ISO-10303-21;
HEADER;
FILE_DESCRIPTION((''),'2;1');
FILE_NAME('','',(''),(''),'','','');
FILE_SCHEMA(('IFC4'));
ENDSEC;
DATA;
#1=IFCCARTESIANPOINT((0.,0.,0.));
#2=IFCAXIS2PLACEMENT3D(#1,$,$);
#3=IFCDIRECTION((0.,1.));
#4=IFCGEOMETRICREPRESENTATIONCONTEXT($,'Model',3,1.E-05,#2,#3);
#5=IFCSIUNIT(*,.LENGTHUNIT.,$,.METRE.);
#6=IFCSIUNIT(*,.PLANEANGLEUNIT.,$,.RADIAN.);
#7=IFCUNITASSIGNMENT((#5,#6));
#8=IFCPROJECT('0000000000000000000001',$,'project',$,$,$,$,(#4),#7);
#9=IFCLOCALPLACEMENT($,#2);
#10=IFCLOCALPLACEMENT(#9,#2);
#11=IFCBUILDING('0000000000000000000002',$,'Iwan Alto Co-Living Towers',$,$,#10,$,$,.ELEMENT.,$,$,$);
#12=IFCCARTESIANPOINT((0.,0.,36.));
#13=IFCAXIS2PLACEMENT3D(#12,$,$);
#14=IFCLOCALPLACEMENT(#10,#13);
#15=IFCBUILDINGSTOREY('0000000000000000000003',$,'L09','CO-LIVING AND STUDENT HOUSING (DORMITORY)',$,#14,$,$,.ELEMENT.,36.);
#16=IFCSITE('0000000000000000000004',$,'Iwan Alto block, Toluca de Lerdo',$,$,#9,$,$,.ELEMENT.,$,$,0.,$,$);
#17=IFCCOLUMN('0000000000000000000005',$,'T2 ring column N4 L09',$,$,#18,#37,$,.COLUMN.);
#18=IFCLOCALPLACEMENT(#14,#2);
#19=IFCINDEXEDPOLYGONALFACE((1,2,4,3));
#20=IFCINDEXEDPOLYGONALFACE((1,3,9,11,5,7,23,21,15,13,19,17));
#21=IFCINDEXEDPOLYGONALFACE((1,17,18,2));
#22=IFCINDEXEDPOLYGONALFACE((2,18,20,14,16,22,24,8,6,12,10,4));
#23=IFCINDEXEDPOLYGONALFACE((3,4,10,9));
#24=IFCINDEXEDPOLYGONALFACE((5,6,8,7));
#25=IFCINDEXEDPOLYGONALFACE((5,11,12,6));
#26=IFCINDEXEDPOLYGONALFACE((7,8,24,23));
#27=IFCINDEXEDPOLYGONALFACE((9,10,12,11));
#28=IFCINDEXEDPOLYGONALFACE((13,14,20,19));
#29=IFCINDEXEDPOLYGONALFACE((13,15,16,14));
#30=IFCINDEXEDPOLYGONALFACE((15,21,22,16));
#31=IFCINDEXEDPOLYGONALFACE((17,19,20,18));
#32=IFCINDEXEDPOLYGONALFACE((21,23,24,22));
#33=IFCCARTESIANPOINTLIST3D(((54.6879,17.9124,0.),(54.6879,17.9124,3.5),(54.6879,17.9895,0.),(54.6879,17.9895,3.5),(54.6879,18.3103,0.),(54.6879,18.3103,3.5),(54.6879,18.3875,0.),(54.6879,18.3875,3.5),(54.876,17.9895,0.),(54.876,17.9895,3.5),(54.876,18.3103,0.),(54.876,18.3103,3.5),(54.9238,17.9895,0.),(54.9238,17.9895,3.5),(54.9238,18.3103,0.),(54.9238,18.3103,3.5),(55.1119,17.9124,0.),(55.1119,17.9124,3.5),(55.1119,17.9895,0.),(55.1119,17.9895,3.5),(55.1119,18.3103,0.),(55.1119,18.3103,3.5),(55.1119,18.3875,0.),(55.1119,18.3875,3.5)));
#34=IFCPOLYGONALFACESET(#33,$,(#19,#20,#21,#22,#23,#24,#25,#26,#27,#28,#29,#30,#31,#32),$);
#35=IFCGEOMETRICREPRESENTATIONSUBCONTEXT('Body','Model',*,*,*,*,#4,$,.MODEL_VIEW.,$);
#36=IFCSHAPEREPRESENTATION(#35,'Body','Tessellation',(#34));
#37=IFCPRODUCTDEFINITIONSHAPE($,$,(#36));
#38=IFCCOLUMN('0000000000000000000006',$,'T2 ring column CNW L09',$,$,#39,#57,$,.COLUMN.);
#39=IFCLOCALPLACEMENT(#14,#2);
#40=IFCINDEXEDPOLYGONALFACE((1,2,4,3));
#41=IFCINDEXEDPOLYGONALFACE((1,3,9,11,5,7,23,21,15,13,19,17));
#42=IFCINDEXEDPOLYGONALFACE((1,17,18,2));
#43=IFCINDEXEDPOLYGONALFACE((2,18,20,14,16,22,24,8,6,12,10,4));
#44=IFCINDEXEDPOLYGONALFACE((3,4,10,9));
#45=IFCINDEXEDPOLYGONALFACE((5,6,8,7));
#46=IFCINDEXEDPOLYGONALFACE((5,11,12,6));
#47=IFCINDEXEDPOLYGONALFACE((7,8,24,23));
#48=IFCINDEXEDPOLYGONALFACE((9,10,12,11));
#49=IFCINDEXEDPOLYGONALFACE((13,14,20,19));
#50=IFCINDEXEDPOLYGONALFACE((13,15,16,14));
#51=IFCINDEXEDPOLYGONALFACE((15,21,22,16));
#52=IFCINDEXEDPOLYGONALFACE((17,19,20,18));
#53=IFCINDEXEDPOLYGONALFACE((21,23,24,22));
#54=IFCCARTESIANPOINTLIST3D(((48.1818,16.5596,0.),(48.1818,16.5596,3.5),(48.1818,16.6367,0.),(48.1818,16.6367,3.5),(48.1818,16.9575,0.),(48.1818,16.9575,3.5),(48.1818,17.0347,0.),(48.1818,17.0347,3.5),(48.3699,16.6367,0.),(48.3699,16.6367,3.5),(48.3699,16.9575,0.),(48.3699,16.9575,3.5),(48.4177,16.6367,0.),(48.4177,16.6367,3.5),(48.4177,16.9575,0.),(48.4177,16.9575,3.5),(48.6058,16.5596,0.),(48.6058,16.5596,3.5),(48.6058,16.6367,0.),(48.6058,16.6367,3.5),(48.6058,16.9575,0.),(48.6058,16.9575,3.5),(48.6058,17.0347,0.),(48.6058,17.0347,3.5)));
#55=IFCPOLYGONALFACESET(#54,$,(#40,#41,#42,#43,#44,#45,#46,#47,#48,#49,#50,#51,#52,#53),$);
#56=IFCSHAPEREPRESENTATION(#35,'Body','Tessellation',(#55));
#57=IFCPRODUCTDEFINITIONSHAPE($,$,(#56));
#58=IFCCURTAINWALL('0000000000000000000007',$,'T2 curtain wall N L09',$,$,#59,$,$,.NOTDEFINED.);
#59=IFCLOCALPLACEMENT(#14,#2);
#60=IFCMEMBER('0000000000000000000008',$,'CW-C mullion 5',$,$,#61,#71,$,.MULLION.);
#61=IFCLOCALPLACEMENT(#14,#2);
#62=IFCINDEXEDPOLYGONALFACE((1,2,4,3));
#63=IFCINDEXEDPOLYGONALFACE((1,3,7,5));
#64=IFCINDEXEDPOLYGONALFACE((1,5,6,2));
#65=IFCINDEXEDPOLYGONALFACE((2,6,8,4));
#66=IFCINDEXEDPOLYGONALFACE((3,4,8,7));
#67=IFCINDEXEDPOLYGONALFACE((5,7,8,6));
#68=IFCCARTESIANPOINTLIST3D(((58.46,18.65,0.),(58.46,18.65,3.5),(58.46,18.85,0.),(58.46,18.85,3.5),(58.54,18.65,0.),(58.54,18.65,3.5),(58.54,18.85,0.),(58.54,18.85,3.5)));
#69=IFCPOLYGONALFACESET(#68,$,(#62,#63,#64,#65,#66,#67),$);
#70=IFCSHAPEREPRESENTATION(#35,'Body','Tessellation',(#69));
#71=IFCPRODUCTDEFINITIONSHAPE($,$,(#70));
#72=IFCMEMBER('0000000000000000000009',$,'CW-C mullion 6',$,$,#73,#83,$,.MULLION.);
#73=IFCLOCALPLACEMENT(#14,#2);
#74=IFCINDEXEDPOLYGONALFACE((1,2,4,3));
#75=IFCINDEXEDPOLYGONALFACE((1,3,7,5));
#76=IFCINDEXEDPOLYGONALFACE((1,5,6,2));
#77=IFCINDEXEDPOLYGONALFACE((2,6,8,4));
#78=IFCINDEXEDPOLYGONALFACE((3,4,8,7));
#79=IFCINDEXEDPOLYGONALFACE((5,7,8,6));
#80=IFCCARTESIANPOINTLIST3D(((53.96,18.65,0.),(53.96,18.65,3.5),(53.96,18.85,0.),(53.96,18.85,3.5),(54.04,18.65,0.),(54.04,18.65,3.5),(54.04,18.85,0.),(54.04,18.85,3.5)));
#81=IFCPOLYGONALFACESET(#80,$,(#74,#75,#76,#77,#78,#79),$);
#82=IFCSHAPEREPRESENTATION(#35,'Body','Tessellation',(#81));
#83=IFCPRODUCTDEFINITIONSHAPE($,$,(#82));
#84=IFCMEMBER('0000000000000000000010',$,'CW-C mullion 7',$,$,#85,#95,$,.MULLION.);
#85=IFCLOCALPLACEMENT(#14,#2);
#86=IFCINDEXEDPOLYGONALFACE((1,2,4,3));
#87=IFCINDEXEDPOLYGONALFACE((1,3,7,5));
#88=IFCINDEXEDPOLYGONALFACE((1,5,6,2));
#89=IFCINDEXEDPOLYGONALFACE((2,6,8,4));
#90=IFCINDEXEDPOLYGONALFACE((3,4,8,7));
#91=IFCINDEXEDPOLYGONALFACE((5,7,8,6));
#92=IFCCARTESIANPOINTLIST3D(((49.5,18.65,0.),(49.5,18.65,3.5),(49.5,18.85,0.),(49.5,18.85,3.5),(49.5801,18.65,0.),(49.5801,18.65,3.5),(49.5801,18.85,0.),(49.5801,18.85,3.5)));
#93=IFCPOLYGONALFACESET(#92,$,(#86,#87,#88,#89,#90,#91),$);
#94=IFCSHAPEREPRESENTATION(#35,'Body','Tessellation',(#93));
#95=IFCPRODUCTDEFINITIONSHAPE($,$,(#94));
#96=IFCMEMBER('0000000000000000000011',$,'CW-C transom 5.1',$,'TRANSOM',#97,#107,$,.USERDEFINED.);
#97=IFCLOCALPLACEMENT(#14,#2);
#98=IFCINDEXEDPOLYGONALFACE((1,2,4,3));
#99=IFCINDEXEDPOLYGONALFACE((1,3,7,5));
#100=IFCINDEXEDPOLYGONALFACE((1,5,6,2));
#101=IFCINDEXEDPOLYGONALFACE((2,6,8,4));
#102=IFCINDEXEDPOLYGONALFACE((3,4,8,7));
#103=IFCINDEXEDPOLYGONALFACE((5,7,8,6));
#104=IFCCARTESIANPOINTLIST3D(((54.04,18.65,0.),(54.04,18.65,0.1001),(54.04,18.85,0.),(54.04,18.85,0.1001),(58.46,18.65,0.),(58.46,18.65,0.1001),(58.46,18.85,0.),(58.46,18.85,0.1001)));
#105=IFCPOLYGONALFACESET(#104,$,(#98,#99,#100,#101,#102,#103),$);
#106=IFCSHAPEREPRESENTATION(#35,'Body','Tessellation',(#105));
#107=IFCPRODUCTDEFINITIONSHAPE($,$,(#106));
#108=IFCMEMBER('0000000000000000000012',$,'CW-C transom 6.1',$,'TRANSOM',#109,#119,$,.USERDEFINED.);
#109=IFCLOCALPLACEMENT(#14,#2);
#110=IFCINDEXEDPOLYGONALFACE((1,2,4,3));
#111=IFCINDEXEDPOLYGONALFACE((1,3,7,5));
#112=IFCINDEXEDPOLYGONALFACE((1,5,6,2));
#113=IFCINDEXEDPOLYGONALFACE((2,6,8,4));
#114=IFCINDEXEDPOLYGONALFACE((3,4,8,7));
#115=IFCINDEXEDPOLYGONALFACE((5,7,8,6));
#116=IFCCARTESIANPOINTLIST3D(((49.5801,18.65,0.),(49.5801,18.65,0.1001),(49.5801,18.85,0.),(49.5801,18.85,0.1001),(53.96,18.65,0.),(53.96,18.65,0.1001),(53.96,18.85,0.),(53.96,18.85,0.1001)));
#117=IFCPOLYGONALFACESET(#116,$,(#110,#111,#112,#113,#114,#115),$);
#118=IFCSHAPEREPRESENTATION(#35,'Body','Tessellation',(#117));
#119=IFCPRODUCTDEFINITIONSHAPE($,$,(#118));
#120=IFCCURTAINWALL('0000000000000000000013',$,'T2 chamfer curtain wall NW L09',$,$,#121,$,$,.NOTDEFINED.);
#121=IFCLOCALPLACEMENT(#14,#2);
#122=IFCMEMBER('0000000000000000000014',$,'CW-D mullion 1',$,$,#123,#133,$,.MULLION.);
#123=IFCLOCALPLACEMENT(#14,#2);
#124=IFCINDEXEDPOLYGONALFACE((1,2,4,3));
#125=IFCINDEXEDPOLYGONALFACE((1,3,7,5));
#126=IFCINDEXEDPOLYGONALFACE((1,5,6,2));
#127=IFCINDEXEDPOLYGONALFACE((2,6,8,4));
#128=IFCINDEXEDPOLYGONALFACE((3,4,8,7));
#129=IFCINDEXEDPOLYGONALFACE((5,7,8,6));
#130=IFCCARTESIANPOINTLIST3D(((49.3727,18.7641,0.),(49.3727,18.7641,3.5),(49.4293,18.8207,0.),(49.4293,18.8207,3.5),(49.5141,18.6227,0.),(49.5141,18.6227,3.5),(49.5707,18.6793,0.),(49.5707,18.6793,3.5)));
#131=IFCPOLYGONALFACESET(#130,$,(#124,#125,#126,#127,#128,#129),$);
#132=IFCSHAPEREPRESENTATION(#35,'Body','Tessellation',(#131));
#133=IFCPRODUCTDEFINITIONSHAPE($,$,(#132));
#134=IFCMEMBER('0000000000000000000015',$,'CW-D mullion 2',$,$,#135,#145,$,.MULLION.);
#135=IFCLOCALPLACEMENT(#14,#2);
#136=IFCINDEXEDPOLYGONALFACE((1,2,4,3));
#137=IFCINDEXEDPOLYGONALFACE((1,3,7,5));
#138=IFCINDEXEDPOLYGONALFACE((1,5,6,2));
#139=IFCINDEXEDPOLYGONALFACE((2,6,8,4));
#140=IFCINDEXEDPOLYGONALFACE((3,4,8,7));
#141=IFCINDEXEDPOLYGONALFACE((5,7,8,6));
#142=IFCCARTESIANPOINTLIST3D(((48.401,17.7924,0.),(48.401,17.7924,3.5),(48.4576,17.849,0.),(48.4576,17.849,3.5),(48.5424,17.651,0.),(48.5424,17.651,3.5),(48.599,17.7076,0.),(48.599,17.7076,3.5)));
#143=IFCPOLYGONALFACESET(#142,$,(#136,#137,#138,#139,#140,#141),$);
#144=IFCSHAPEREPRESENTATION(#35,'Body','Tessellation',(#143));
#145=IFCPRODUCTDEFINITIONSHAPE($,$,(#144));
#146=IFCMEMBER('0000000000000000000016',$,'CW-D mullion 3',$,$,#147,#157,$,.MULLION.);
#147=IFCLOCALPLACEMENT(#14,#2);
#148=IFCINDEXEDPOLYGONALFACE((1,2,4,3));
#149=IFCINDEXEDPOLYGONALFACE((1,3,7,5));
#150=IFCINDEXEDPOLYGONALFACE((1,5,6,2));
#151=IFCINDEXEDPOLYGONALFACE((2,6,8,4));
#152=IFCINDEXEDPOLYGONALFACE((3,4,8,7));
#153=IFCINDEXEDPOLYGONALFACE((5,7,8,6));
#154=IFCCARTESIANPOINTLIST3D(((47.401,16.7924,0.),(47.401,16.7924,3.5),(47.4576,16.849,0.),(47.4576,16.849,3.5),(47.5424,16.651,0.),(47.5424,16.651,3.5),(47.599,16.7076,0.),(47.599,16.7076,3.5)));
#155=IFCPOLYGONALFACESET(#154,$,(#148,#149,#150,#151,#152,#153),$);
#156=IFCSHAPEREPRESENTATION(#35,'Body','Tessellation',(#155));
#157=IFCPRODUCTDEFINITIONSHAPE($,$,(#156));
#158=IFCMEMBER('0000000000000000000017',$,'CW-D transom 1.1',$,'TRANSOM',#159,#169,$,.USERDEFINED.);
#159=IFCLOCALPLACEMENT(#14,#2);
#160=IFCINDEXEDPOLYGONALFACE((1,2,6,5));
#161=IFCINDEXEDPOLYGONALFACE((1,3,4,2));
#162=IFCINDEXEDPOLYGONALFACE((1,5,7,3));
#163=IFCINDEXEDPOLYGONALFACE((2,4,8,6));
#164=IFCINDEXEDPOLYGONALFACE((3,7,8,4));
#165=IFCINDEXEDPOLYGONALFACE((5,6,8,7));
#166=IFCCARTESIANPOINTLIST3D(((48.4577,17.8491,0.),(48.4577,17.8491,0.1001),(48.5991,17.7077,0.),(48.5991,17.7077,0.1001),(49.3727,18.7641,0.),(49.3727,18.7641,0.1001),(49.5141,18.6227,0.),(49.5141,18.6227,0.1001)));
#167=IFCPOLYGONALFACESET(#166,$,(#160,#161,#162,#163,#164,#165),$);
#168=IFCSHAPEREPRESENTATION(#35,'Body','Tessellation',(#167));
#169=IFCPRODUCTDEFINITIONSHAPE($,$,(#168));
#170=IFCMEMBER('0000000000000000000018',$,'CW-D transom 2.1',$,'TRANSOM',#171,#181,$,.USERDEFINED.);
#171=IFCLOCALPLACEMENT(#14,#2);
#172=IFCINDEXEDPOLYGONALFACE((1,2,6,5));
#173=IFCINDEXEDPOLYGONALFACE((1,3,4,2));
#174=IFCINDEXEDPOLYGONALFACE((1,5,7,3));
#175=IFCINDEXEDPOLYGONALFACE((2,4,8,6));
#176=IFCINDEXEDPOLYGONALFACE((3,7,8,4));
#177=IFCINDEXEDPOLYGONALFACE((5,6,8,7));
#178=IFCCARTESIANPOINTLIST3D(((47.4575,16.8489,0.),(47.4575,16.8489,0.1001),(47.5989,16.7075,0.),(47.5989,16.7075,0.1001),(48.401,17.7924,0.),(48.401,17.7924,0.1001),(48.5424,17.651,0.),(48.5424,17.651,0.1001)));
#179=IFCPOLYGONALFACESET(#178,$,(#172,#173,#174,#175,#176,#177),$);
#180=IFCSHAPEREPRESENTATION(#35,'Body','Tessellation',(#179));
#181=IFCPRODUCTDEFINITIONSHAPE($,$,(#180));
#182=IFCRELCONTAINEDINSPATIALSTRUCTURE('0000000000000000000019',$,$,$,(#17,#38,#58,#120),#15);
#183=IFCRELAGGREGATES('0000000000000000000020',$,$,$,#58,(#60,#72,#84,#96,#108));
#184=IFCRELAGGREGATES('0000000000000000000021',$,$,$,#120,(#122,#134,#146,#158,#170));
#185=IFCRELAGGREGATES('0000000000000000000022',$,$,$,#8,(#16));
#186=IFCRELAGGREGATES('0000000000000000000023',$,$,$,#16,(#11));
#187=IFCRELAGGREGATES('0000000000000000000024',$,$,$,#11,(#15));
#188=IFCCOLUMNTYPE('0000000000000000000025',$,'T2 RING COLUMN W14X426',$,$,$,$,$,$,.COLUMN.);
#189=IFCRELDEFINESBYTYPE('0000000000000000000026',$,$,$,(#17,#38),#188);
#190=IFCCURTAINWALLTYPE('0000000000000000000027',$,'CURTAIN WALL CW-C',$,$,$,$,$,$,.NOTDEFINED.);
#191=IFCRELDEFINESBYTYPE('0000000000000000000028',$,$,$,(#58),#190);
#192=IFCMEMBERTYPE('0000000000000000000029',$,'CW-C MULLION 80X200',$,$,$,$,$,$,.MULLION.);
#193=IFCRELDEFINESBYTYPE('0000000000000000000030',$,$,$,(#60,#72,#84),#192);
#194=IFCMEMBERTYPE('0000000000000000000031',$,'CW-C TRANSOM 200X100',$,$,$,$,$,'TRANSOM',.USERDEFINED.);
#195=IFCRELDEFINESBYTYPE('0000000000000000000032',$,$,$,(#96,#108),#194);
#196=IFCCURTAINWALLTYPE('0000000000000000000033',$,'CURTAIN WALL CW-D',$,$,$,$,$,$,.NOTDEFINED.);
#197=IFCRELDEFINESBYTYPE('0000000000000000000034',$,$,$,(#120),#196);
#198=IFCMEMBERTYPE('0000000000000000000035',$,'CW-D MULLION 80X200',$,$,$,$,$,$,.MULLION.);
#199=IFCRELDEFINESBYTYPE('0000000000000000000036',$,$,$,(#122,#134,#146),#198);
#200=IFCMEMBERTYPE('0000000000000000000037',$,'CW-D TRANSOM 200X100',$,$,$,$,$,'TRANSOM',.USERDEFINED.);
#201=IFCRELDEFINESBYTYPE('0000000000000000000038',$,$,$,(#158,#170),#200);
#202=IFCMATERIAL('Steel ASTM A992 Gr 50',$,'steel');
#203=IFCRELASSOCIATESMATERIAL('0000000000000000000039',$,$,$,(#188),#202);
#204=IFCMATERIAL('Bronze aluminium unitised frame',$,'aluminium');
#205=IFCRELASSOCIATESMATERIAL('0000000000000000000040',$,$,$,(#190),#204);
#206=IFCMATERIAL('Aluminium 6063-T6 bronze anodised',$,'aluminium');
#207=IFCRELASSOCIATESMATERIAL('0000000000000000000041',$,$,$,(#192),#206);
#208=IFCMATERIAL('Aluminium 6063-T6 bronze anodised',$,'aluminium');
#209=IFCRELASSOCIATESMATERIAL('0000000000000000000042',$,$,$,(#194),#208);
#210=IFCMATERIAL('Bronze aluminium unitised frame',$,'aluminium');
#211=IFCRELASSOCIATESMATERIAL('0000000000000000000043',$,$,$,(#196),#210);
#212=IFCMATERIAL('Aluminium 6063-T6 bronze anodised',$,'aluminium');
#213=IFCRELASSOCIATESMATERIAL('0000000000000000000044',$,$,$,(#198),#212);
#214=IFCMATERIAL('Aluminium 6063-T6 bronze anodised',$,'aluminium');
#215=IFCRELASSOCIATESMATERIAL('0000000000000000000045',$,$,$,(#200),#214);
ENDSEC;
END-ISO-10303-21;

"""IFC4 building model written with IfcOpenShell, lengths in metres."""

from ifc_helpers import new_model, si_unit, direction, frame, origin, origin_2d, place, context, subcontext, project, spatial, rectangle, i_section, extrude, material, material_profile, profile_set, type_object, element, aggregate, save


model = new_model("IFC4")

# Units and contexts
model_context = context("Model", 3, precision=1e-05, world=origin(), true_north=direction((0.0, 1.0)))
body_context = subcontext(model_context, "Body", "Model", "MODEL_VIEW")
ifc_project = project(units=[si_unit("LENGTHUNIT", "METRE"), si_unit("PLANEANGLEUNIT", "RADIAN")], contexts=[model_context])

# Site, building, storey
site_placement = place(None, origin())
site = spatial("IfcSite", under=ifc_project, at=site_placement, Name="Iwan Alto block, Toluca de Lerdo", CompositionType="ELEMENT", RefElevation=0.0)
building_placement = place(site_placement, origin())
building = spatial("IfcBuilding", under=site, at=building_placement, Name="Iwan Alto Co-Living Towers", CompositionType="ELEMENT")
storey_placement = place(building_placement, frame((0.0, 0.0, 36.0)))
storey = spatial("IfcBuildingStorey", under=building, at=storey_placement, Name="L09", Description="CO-LIVING AND STUDENT HOUSING (DORMITORY)", CompositionType="ELEMENT", Elevation=36.0)

# Columns
ifc_material_1 = material(Name="Steel ASTM A992 Gr 50", Category="steel")
ifc_material_profile_1 = material_profile(ifc_material_1, i_section(OverallWidth=0.4241, OverallDepth=0.4751, WebThickness=0.0479, FlangeThickness=0.0771, at=origin_2d()), Name="W14X426")
ifc_profile_set_1 = profile_set([ifc_material_profile_1], Name="Steel ASTM A992 Gr 50")
column_type = type_object("IfcColumnType", Name="T2 RING COLUMN W14X426", PredefinedType="COLUMN", material=ifc_profile_set_1)
for number, where, z_axis, x_axis, name in (
    (1, (54.8999, 18.1499, 0.0), (0.0, 0.0, 1.0), (1.0, 0.0, 0.0), "T2 ring column N4 L09"),
    (2, (48.3938, 16.7971, 0.0), (0.0, 0.0, 1.0), (1.0, 0.0, 0.0), "T2 ring column CNW L09"),
):
    element("IfcColumn", number, at=place(storey_placement, frame(where, z_axis=z_axis, x_axis=x_axis)), inside=storey, type_object=column_type, Name=name, PredefinedType="COLUMN", context=body_context, shape_type="SweptSolid", body=[
        extrude(i_section(OverallWidth=0.4241, OverallDepth=0.4751, WebThickness=0.0479, FlangeThickness=0.0771, at=origin_2d()), origin(), (0.0, 0.0, 1.0), 3.5),
    ])

# Curtain walls, members
ifc_material_2 = material(Name="Bronze aluminium unitised frame", Category="aluminium")
curtain_wall_type_1 = type_object("IfcCurtainWallType", Name="CURTAIN WALL CW-C", PredefinedType="NOTDEFINED", material=ifc_material_2)
curtain_wall_1_placement = place(storey_placement, origin())
curtain_wall_1 = element("IfcCurtainWall", 3, at=curtain_wall_1_placement, inside=storey, type_object=curtain_wall_type_1, Name="T2 curtain wall N L09", PredefinedType="NOTDEFINED")
ifc_material_3 = material(Name="Aluminium 6063-T6 bronze anodised", Category="aluminium")
ifc_material_profile_2 = material_profile(ifc_material_3, rectangle(XDim=0.2, YDim=0.0801, at=origin_2d()), Name="AL 80X200")
ifc_profile_set_2 = profile_set([ifc_material_profile_2], Name="Aluminium 6063-T6 bronze anodised")
member_type_1 = type_object("IfcMemberType", Name="CW-C MULLION 80X200", PredefinedType="MULLION", material=ifc_profile_set_2)
member_1_placement = place(storey_placement, frame((58.5, 18.75, 0.0), z_axis=(0.0, 0.0, 1.0), x_axis=(0.0, -1.0, 0.0)))
member_1 = element("IfcMember", 4, at=member_1_placement, type_object=member_type_1, Name="CW-C mullion 5", PredefinedType="MULLION", context=body_context, shape_type="SweptSolid", body=[
    extrude(rectangle(XDim=0.2, YDim=0.0801, at=origin_2d()), origin(), (0.0, 0.0, 1.0), 3.5),
])
member_2_placement = place(storey_placement, frame((54.0, 18.75, 0.0), z_axis=(0.0, 0.0, 1.0), x_axis=(0.0, -1.0, 0.0)))
member_2 = element("IfcMember", 5, at=member_2_placement, type_object=member_type_1, Name="CW-C mullion 6", PredefinedType="MULLION", context=body_context, shape_type="SweptSolid", body=[
    extrude(rectangle(XDim=0.2, YDim=0.0801, at=origin_2d()), origin(), (0.0, 0.0, 1.0), 3.5),
])
member_3_placement = place(storey_placement, frame((49.54, 18.75, 0.0), z_axis=(0.0, 0.0, 1.0), x_axis=(0.0, -1.0, 0.0)))
member_3 = element("IfcMember", 6, at=member_3_placement, type_object=member_type_1, Name="CW-C mullion 7", PredefinedType="MULLION", context=body_context, shape_type="SweptSolid", body=[
    extrude(rectangle(XDim=0.2, YDim=0.0801, at=origin_2d()), origin(), (0.0, 0.0, 1.0), 3.5),
])
ifc_material_4 = material(Name="Aluminium 6063-T6 bronze anodised", Category="aluminium")
ifc_material_profile_3 = material_profile(ifc_material_4, rectangle(XDim=0.2, YDim=0.1001, at=origin_2d()), Name="AL 200X100")
ifc_profile_set_3 = profile_set([ifc_material_profile_3], Name="Aluminium 6063-T6 bronze anodised")
member_type_2 = type_object("IfcMemberType", Name="CW-C TRANSOM 200X100", ElementType="TRANSOM", PredefinedType="USERDEFINED", material=ifc_profile_set_3)
member_4_placement = place(storey_placement, frame((58.46, 18.75, 0.05), z_axis=(-1.0, 0.0, 0.0), x_axis=(0.0, -1.0, 0.0)))
member_4 = element("IfcMember", 7, at=member_4_placement, type_object=member_type_2, Name="CW-C transom 5.1", ObjectType="TRANSOM", PredefinedType="USERDEFINED", context=body_context, shape_type="SweptSolid", body=[
    extrude(rectangle(XDim=0.2, YDim=0.1001, at=origin_2d()), origin(), (0.0, 0.0, 1.0), 4.4199),
])
member_5_placement = place(storey_placement, frame((53.96, 18.75, 0.05), z_axis=(-1.0, 0.0, 0.0), x_axis=(0.0, -1.0, 0.0)))
member_5 = element("IfcMember", 8, at=member_5_placement, type_object=member_type_2, Name="CW-C transom 6.1", ObjectType="TRANSOM", PredefinedType="USERDEFINED", context=body_context, shape_type="SweptSolid", body=[
    extrude(rectangle(XDim=0.2, YDim=0.1001, at=origin_2d()), origin(), (0.0, 0.0, 1.0), 4.3799),
])
ifc_material_5 = material(Name="Bronze aluminium unitised frame", Category="aluminium")
curtain_wall_type_2 = type_object("IfcCurtainWallType", Name="CURTAIN WALL CW-D", PredefinedType="NOTDEFINED", material=ifc_material_5)
curtain_wall_2_placement = place(storey_placement, origin())
curtain_wall_2 = element("IfcCurtainWall", 9, at=curtain_wall_2_placement, inside=storey, type_object=curtain_wall_type_2, Name="T2 chamfer curtain wall NW L09", PredefinedType="NOTDEFINED")
ifc_material_6 = material(Name="Aluminium 6063-T6 bronze anodised", Category="aluminium")
ifc_material_profile_4 = material_profile(ifc_material_6, rectangle(XDim=0.2, YDim=0.0801, at=origin_2d()), Name="AL 80X200")
ifc_profile_set_4 = profile_set([ifc_material_profile_4], Name="Aluminium 6063-T6 bronze anodised")
member_type_3 = type_object("IfcMemberType", Name="CW-D MULLION 80X200", PredefinedType="MULLION", material=ifc_profile_set_4)
member_6_placement = place(storey_placement, frame((49.4717, 18.7217, 0.0), z_axis=(0.0, 0.0, 1.0), x_axis=(0.707107, -0.707107, 0.0)))
member_6 = element("IfcMember", 10, at=member_6_placement, type_object=member_type_3, Name="CW-D mullion 1", PredefinedType="MULLION", context=body_context, shape_type="SweptSolid", body=[
    extrude(rectangle(XDim=0.2, YDim=0.0801, at=origin_2d()), origin(), (0.0, 0.0, 1.0), 3.5),
])
member_7_placement = place(storey_placement, frame((48.5, 17.75, 0.0), z_axis=(0.0, 0.0, 1.0), x_axis=(0.707107, -0.707107, 0.0)))
member_7 = element("IfcMember", 11, at=member_7_placement, type_object=member_type_3, Name="CW-D mullion 2", PredefinedType="MULLION", context=body_context, shape_type="SweptSolid", body=[
    extrude(rectangle(XDim=0.2, YDim=0.0801, at=origin_2d()), origin(), (0.0, 0.0, 1.0), 3.5),
])
member_8_placement = place(storey_placement, frame((47.5, 16.75, 0.0), z_axis=(0.0, 0.0, 1.0), x_axis=(0.707107, -0.707107, 0.0)))
member_8 = element("IfcMember", 12, at=member_8_placement, type_object=member_type_3, Name="CW-D mullion 3", PredefinedType="MULLION", context=body_context, shape_type="SweptSolid", body=[
    extrude(rectangle(XDim=0.2, YDim=0.0801, at=origin_2d()), origin(), (0.0, 0.0, 1.0), 3.5),
])
ifc_material_7 = material(Name="Aluminium 6063-T6 bronze anodised", Category="aluminium")
ifc_material_profile_5 = material_profile(ifc_material_7, rectangle(XDim=0.2, YDim=0.1001, at=origin_2d()), Name="AL 200X100")
ifc_profile_set_5 = profile_set([ifc_material_profile_5], Name="Aluminium 6063-T6 bronze anodised")
member_type_4 = type_object("IfcMemberType", Name="CW-D TRANSOM 200X100", ElementType="TRANSOM", PredefinedType="USERDEFINED", material=ifc_profile_set_5)
member_9_placement = place(storey_placement, frame((49.4434, 18.6934, 0.05), z_axis=(-0.707107, -0.707107, 0.0), x_axis=(0.707107, -0.707107, 0.0)))
member_9 = element("IfcMember", 13, at=member_9_placement, type_object=member_type_4, Name="CW-D transom 1.1", ObjectType="TRANSOM", PredefinedType="USERDEFINED", context=body_context, shape_type="SweptSolid", body=[
    extrude(rectangle(XDim=0.2, YDim=0.1001, at=origin_2d()), origin(), (0.0, 0.0, 1.0), 1.2939),
])
member_10_placement = place(storey_placement, frame((48.4717, 17.7217, 0.05), z_axis=(-0.707107, -0.707107, 0.0), x_axis=(0.707107, -0.707107, 0.0)))
member_10 = element("IfcMember", 14, at=member_10_placement, type_object=member_type_4, Name="CW-D transom 2.1", ObjectType="TRANSOM", PredefinedType="USERDEFINED", context=body_context, shape_type="SweptSolid", body=[
    extrude(rectangle(XDim=0.2, YDim=0.1001, at=origin_2d()), origin(), (0.0, 0.0, 1.0), 1.3342),
])

aggregate(curtain_wall_1, [member_1, member_2, member_3, member_4, member_5])
aggregate(curtain_wall_2, [member_6, member_7, member_8, member_9, member_10])

save(model, "model.ifc")
